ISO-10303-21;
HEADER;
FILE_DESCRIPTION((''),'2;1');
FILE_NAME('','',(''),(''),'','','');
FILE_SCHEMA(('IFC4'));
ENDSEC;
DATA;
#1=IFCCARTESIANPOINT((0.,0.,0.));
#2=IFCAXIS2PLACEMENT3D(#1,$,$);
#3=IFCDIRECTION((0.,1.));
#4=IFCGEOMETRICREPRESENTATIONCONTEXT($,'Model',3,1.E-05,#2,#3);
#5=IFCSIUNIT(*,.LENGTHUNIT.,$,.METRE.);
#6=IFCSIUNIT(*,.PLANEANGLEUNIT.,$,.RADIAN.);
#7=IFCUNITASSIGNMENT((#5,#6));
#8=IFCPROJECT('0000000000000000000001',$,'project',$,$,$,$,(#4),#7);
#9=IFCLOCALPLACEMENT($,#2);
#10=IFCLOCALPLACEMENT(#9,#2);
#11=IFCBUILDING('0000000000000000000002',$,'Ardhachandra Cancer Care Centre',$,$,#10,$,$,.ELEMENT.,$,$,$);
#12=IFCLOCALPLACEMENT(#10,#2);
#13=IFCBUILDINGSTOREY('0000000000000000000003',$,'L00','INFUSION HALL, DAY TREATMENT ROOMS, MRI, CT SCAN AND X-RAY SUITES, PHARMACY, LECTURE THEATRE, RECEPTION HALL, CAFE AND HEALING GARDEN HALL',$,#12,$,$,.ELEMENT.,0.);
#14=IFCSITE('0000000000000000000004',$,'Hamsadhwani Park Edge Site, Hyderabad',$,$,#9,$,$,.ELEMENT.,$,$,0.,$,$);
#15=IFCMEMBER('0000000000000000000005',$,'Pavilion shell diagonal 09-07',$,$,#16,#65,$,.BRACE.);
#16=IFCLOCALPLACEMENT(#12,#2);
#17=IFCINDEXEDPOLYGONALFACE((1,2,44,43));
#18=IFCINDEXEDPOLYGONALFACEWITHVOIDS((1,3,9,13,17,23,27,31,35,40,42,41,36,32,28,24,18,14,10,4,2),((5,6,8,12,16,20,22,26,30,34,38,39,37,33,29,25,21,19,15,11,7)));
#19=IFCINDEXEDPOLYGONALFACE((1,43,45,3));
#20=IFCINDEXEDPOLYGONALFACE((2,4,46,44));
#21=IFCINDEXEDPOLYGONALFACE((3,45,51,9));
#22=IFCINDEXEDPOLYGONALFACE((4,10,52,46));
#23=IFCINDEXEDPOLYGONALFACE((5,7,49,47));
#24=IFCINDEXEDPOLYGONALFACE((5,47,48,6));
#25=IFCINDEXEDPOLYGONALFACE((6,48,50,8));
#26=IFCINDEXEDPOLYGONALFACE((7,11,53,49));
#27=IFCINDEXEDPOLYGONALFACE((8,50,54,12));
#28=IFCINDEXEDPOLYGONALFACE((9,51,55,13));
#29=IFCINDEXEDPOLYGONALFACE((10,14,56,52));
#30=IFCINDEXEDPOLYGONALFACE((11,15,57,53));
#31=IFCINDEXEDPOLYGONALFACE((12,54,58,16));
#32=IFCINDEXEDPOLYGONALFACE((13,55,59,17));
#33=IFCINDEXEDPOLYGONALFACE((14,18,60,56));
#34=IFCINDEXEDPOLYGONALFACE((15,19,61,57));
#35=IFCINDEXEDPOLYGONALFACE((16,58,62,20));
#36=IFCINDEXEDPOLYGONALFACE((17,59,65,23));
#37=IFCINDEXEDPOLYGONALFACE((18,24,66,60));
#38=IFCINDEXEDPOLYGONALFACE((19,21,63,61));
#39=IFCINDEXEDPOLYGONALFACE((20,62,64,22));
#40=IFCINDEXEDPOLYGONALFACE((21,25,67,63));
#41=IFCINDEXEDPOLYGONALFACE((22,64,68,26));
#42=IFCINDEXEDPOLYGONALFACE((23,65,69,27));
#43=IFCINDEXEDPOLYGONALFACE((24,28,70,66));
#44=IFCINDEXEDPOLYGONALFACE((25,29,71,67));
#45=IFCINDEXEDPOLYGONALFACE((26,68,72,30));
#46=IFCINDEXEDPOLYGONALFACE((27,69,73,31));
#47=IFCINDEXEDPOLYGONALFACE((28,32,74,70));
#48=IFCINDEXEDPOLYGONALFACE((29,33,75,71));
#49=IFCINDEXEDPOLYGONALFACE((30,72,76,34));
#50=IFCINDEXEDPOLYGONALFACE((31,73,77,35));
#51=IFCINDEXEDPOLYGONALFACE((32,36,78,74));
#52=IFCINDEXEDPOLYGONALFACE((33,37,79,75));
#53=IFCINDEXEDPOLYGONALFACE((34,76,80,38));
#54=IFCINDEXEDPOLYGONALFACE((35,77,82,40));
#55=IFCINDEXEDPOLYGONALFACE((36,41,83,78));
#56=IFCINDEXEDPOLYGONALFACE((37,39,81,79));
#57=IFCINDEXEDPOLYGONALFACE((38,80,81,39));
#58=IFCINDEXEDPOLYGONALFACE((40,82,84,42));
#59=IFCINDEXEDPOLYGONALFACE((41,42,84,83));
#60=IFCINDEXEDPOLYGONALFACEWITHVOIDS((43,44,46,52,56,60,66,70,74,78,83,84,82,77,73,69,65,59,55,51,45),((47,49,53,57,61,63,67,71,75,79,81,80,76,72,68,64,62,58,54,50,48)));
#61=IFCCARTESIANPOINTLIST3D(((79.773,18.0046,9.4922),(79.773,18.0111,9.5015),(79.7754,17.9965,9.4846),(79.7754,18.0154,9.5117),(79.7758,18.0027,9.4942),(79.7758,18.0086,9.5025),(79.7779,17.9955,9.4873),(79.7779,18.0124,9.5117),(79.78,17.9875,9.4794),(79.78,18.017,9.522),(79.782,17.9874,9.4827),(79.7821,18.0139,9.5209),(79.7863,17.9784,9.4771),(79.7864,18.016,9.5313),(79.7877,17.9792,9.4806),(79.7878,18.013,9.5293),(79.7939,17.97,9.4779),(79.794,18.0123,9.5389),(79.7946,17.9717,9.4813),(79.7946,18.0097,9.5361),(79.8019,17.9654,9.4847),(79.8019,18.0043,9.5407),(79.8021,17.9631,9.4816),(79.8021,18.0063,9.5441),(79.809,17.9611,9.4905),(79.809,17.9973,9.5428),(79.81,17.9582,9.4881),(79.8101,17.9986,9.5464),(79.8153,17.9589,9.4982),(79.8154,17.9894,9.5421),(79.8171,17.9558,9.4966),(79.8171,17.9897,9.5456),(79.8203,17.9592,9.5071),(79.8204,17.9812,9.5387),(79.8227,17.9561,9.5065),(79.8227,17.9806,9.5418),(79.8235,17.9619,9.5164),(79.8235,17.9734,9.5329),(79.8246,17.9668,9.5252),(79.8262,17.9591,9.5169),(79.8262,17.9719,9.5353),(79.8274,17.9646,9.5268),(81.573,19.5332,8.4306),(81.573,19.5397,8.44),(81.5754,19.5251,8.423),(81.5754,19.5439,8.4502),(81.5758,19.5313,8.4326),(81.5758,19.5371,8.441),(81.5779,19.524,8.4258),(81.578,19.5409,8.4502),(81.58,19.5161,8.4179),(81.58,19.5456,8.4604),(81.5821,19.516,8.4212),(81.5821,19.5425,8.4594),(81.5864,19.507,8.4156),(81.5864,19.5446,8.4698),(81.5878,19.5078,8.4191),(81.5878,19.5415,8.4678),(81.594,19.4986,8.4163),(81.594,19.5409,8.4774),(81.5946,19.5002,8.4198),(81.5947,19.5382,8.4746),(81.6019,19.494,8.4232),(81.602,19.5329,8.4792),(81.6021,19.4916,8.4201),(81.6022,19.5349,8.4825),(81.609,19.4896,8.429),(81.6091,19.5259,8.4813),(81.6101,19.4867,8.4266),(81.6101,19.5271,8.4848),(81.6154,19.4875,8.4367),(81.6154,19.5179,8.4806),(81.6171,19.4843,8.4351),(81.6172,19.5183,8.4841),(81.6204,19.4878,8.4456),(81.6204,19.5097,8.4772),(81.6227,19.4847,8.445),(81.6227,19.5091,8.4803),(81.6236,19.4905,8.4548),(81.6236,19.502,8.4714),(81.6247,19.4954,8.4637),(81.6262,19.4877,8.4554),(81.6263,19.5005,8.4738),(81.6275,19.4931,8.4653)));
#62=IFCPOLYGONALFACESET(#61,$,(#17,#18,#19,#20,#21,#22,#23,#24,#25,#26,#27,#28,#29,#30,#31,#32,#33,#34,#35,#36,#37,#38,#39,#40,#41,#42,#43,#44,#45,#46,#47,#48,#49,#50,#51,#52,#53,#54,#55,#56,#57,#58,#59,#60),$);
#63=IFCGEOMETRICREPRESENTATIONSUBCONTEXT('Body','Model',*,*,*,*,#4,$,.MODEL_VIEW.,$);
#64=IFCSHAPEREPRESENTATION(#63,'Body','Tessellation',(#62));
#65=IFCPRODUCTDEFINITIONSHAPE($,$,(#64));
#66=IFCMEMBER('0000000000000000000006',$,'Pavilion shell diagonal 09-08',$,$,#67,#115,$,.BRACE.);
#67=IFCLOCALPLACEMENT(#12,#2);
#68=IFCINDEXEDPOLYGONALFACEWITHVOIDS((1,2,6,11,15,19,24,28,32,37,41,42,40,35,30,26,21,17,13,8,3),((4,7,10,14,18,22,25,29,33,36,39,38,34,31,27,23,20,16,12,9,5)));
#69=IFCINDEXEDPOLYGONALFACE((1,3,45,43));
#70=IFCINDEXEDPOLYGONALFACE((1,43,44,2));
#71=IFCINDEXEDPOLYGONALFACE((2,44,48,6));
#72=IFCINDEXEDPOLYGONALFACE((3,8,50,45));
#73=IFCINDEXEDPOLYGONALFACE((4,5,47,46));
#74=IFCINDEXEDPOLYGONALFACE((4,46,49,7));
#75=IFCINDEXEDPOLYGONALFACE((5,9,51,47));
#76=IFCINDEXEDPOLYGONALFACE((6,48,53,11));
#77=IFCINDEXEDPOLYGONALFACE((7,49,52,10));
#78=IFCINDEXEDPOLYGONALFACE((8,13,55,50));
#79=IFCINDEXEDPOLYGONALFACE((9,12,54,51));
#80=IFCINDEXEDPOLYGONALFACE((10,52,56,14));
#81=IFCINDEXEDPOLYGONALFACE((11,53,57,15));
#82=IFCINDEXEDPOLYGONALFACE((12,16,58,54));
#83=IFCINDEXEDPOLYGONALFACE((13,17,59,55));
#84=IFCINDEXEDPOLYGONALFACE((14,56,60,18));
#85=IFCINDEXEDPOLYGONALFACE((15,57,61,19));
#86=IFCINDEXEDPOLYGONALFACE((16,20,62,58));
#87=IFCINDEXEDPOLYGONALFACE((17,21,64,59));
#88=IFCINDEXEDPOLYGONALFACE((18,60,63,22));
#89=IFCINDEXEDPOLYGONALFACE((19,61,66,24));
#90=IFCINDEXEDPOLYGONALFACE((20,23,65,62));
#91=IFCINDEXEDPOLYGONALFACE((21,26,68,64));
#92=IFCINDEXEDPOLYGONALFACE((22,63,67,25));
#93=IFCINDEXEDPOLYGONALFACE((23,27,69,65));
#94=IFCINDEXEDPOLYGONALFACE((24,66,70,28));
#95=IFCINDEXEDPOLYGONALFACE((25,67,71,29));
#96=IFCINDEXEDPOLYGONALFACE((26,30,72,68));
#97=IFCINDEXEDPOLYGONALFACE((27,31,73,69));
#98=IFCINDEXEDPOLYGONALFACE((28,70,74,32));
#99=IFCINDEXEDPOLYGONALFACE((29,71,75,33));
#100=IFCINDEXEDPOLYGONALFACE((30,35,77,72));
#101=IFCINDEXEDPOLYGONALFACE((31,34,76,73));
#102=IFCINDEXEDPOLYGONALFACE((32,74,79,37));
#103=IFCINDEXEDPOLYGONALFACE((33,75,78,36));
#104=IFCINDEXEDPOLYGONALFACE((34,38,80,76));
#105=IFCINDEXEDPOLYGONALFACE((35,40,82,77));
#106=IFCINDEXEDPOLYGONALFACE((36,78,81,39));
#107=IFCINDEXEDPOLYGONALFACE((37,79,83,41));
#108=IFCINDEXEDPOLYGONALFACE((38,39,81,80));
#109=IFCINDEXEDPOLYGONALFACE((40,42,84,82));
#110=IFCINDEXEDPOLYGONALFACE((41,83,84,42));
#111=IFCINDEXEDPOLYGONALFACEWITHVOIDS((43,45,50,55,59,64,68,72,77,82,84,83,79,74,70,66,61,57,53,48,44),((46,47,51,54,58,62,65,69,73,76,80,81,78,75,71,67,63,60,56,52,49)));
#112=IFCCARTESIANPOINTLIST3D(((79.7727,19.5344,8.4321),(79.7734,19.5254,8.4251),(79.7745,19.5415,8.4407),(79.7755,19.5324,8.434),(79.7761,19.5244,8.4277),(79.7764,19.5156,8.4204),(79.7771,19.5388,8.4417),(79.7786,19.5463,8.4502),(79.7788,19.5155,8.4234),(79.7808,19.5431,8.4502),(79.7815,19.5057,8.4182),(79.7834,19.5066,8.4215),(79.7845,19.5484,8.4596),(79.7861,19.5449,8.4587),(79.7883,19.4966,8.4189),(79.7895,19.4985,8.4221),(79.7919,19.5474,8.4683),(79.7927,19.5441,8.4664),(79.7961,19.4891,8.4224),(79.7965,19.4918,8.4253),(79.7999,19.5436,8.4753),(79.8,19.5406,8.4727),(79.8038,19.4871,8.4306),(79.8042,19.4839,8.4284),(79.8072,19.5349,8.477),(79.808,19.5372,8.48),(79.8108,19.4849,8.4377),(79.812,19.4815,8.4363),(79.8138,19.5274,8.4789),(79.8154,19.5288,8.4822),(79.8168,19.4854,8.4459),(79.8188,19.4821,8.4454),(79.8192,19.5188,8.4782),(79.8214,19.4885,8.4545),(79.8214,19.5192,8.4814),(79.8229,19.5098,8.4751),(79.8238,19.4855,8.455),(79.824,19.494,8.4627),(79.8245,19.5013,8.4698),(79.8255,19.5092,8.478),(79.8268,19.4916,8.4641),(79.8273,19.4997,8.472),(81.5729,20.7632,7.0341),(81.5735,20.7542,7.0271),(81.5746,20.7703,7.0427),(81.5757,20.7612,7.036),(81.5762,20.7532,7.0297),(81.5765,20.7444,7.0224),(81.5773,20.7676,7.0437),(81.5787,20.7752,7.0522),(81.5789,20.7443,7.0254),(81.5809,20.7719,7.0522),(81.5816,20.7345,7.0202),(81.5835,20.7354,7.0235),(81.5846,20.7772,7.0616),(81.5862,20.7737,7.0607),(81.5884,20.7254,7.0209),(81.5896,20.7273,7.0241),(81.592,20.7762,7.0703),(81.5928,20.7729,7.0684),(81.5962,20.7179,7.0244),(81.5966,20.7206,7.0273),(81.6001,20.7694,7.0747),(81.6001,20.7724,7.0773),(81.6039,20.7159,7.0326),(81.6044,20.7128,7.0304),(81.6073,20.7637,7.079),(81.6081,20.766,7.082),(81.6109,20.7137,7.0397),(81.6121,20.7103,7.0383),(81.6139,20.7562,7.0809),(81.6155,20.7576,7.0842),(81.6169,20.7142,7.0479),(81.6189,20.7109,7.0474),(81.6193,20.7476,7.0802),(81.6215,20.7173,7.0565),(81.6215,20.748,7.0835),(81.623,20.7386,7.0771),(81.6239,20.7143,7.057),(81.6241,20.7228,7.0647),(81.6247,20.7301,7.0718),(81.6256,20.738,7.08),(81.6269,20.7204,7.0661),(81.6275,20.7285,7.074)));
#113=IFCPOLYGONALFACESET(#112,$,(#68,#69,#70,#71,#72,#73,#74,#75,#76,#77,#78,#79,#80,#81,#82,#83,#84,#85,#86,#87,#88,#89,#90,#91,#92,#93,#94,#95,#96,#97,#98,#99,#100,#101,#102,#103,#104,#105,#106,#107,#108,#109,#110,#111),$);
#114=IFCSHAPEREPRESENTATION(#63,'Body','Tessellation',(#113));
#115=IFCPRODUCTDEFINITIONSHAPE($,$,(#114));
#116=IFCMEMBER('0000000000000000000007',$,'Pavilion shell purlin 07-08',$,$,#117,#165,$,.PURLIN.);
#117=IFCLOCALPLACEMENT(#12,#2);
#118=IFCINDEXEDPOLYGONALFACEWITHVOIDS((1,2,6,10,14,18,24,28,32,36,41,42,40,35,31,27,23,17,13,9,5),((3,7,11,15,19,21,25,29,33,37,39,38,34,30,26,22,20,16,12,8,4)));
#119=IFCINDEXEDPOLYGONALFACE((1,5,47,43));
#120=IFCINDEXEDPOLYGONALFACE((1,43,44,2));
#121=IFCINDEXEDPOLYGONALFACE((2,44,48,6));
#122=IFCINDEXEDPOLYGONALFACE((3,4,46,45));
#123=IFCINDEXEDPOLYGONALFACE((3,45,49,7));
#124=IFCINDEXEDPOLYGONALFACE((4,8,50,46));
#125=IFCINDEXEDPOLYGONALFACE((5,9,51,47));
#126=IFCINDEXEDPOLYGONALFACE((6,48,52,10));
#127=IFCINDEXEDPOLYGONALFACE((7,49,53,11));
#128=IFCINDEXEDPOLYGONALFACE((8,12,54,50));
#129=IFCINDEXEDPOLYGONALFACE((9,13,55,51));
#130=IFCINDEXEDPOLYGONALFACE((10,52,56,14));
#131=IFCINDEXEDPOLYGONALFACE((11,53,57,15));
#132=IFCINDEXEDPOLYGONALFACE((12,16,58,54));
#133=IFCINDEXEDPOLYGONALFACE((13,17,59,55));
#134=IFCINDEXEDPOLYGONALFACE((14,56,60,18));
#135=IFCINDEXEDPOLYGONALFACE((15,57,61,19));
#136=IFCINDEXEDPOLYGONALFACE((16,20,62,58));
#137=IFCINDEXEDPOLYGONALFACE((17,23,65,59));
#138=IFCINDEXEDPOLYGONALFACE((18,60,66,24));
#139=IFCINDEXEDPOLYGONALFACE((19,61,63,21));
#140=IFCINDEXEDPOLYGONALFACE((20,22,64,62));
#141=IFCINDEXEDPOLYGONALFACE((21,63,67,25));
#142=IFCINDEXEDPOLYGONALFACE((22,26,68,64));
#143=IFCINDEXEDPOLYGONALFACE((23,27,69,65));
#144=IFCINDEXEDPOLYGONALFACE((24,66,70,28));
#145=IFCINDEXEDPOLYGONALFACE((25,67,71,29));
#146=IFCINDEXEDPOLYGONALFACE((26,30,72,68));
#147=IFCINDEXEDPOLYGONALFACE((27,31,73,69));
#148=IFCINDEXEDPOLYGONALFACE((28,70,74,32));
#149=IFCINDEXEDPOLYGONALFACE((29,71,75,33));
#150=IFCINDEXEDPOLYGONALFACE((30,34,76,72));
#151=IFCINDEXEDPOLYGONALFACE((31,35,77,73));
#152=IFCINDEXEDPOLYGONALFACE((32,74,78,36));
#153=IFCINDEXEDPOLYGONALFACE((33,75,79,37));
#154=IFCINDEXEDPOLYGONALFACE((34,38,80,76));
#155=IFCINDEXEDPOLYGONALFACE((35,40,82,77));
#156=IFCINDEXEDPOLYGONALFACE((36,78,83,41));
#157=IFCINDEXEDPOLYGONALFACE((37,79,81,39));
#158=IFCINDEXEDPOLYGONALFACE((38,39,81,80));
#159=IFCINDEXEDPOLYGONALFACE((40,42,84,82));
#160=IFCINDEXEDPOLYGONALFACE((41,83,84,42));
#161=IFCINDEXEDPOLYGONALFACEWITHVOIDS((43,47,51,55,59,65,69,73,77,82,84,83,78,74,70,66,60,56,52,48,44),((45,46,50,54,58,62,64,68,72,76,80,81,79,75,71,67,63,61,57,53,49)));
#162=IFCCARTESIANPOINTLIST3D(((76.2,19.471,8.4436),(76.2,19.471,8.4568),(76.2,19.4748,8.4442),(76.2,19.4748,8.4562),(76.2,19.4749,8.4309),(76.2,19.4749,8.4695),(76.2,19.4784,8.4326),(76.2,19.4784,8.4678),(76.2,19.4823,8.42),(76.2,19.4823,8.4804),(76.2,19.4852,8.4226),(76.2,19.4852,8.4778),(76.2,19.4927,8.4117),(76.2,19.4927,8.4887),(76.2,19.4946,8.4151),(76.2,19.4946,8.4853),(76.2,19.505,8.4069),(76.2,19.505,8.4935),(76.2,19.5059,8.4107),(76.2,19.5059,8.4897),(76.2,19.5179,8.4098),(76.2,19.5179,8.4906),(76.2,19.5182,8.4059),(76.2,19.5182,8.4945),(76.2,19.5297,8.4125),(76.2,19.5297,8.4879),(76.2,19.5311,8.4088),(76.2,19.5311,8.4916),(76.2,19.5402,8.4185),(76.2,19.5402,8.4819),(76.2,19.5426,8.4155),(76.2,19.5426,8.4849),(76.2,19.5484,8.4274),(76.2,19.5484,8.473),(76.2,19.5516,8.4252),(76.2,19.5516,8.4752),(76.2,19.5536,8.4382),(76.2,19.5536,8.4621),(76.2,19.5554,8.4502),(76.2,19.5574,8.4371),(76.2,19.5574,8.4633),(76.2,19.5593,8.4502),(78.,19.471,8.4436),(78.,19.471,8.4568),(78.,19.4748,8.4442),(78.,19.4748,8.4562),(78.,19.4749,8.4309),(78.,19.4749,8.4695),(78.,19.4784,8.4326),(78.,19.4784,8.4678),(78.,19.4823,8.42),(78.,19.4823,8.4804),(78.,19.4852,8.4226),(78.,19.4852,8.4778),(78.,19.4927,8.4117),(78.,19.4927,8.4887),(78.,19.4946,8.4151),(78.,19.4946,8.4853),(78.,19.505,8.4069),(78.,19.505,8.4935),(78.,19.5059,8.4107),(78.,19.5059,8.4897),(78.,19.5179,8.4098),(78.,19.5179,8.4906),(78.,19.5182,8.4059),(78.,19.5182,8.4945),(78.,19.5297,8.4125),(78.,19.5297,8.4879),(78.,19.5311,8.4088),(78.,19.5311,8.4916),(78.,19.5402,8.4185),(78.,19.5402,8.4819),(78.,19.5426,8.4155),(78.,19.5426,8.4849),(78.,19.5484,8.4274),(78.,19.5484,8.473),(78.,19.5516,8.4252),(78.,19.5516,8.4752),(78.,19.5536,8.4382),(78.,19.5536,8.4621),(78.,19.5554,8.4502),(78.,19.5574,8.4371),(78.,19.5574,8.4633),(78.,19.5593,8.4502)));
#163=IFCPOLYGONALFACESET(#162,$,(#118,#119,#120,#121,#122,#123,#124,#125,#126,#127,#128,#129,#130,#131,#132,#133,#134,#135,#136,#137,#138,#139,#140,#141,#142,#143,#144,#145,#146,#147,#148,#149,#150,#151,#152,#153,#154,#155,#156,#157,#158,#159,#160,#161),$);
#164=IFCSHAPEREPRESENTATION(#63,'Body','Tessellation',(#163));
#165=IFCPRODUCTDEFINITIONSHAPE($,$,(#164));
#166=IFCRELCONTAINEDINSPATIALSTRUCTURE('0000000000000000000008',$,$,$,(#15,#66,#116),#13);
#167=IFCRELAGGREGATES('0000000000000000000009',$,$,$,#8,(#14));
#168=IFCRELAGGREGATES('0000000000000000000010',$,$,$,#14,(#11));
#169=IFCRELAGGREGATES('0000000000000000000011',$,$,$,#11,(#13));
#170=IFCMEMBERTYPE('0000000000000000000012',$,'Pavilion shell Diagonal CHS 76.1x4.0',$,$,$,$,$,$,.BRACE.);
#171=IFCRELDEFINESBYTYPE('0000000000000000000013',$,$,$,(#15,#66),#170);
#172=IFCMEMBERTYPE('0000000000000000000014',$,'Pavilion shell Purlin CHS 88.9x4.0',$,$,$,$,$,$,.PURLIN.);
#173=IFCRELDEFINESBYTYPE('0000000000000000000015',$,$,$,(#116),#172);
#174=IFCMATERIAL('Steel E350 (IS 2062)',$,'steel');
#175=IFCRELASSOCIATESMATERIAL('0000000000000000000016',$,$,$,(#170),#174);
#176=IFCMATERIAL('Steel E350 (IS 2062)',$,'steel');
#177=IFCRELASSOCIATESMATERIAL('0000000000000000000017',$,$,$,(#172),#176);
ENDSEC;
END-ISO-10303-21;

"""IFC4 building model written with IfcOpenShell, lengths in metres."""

from ifc_helpers import new_model, si_unit, direction, frame, origin, origin_2d, place, context, subcontext, project, spatial, hollow_circle, extrude, material, material_profile, profile_set, type_object, element, save


model = new_model("IFC4")

# Units and contexts
model_context = context("Model", 3, precision=1e-05, world=origin(), true_north=direction((0.0, 1.0)))
body_context = subcontext(model_context, "Body", "Model", "MODEL_VIEW")
ifc_project = project(units=[si_unit("LENGTHUNIT", "METRE"), si_unit("PLANEANGLEUNIT", "RADIAN")], contexts=[model_context])

# Site, building, storey
site_placement = place(None, origin())
site = spatial("IfcSite", under=ifc_project, at=site_placement, Name="Hamsadhwani Park Edge Site, Hyderabad", CompositionType="ELEMENT", RefElevation=0.0)
building_placement = place(site_placement, origin())
building = spatial("IfcBuilding", under=site, at=building_placement, Name="Ardhachandra Cancer Care Centre", CompositionType="ELEMENT")
storey_placement = place(building_placement, origin())
storey = spatial("IfcBuildingStorey", under=building, at=storey_placement, Name="L00", Description="INFUSION HALL, DAY TREATMENT ROOMS, MRI, CT SCAN AND X-RAY SUITES, PHARMACY, LECTURE THEATRE, RECEPTION HALL, CAFE AND HEALING GARDEN HALL", CompositionType="ELEMENT", Elevation=0.0)

# Members
ifc_material_1 = material(Name="Steel E350 (IS 2062)", Category="steel")
ifc_material_profile_1 = material_profile(ifc_material_1, hollow_circle(Radius=0.0381, WallThickness=0.0039, at=origin_2d()), Name="CHS 76.1x4.0")
ifc_profile_set_1 = profile_set([ifc_material_profile_1], Name="Steel E350 (IS 2062)")
member_type_1 = type_object("IfcMemberType", Name="Pavilion shell Diagonal CHS 76.1x4.0", PredefinedType="BRACE", material=ifc_profile_set_1)
for number, where, z_axis, x_axis, name in (
    (1, (79.8, 17.9863, 9.5117), (0.695237, 0.590381, -0.409995), (-0.647285, 0.762248, 0.0), "Pavilion shell diagonal 09-07"),
):
    element("IfcMember", number, at=place(storey_placement, frame(where, z_axis=z_axis, x_axis=x_axis)), inside=storey, type_object=member_type_1, Name=name, PredefinedType="BRACE", context=body_context, shape_type="SweptSolid", body=[
        extrude(hollow_circle(Radius=0.0381, WallThickness=0.0039, at=origin_2d()), origin(), (0.0, 0.0, 1.0), 2.5891),
    ])
member_1_placement = place(storey_placement, frame((79.8, 19.5149, 8.4502), z_axis=(0.695197, 0.474559, -0.539902), x_axis=(-0.563792, 0.825917, 0.0)))
element("IfcMember", 2, at=member_1_placement, inside=storey, type_object=member_type_1, Name="Pavilion shell diagonal 09-08", PredefinedType="BRACE", context=body_context, shape_type="SweptSolid", body=[
    extrude(hollow_circle(Radius=0.0381, WallThickness=0.0039, at=origin_2d()), origin(), (0.0, 0.0, 1.0), 2.5894),
])
ifc_material_2 = material(Name="Steel E350 (IS 2062)", Category="steel")
ifc_material_profile_2 = material_profile(ifc_material_2, hollow_circle(Radius=0.0444, WallThickness=0.0039, at=origin_2d()), Name="CHS 88.9x4.0")
ifc_profile_set_2 = profile_set([ifc_material_profile_2], Name="Steel E350 (IS 2062)")
member_type_2 = type_object("IfcMemberType", Name="Pavilion shell Purlin CHS 88.9x4.0", PredefinedType="PURLIN", material=ifc_profile_set_2)
for number, where, z_axis, x_axis, name in (
    (3, (76.2, 19.5149, 8.4502), (1.0, 0.0, 0.0), (0.0, 1.0, 0.0), "Pavilion shell purlin 07-08"),
):
    element("IfcMember", number, at=place(storey_placement, frame(where, z_axis=z_axis, x_axis=x_axis)), inside=storey, type_object=member_type_2, Name=name, PredefinedType="PURLIN", context=body_context, shape_type="SweptSolid", body=[
        extrude(hollow_circle(Radius=0.0444, WallThickness=0.0039, at=origin_2d()), origin(), (0.0, 0.0, 1.0), 1.8),
    ])

save(model, "model.ifc")
